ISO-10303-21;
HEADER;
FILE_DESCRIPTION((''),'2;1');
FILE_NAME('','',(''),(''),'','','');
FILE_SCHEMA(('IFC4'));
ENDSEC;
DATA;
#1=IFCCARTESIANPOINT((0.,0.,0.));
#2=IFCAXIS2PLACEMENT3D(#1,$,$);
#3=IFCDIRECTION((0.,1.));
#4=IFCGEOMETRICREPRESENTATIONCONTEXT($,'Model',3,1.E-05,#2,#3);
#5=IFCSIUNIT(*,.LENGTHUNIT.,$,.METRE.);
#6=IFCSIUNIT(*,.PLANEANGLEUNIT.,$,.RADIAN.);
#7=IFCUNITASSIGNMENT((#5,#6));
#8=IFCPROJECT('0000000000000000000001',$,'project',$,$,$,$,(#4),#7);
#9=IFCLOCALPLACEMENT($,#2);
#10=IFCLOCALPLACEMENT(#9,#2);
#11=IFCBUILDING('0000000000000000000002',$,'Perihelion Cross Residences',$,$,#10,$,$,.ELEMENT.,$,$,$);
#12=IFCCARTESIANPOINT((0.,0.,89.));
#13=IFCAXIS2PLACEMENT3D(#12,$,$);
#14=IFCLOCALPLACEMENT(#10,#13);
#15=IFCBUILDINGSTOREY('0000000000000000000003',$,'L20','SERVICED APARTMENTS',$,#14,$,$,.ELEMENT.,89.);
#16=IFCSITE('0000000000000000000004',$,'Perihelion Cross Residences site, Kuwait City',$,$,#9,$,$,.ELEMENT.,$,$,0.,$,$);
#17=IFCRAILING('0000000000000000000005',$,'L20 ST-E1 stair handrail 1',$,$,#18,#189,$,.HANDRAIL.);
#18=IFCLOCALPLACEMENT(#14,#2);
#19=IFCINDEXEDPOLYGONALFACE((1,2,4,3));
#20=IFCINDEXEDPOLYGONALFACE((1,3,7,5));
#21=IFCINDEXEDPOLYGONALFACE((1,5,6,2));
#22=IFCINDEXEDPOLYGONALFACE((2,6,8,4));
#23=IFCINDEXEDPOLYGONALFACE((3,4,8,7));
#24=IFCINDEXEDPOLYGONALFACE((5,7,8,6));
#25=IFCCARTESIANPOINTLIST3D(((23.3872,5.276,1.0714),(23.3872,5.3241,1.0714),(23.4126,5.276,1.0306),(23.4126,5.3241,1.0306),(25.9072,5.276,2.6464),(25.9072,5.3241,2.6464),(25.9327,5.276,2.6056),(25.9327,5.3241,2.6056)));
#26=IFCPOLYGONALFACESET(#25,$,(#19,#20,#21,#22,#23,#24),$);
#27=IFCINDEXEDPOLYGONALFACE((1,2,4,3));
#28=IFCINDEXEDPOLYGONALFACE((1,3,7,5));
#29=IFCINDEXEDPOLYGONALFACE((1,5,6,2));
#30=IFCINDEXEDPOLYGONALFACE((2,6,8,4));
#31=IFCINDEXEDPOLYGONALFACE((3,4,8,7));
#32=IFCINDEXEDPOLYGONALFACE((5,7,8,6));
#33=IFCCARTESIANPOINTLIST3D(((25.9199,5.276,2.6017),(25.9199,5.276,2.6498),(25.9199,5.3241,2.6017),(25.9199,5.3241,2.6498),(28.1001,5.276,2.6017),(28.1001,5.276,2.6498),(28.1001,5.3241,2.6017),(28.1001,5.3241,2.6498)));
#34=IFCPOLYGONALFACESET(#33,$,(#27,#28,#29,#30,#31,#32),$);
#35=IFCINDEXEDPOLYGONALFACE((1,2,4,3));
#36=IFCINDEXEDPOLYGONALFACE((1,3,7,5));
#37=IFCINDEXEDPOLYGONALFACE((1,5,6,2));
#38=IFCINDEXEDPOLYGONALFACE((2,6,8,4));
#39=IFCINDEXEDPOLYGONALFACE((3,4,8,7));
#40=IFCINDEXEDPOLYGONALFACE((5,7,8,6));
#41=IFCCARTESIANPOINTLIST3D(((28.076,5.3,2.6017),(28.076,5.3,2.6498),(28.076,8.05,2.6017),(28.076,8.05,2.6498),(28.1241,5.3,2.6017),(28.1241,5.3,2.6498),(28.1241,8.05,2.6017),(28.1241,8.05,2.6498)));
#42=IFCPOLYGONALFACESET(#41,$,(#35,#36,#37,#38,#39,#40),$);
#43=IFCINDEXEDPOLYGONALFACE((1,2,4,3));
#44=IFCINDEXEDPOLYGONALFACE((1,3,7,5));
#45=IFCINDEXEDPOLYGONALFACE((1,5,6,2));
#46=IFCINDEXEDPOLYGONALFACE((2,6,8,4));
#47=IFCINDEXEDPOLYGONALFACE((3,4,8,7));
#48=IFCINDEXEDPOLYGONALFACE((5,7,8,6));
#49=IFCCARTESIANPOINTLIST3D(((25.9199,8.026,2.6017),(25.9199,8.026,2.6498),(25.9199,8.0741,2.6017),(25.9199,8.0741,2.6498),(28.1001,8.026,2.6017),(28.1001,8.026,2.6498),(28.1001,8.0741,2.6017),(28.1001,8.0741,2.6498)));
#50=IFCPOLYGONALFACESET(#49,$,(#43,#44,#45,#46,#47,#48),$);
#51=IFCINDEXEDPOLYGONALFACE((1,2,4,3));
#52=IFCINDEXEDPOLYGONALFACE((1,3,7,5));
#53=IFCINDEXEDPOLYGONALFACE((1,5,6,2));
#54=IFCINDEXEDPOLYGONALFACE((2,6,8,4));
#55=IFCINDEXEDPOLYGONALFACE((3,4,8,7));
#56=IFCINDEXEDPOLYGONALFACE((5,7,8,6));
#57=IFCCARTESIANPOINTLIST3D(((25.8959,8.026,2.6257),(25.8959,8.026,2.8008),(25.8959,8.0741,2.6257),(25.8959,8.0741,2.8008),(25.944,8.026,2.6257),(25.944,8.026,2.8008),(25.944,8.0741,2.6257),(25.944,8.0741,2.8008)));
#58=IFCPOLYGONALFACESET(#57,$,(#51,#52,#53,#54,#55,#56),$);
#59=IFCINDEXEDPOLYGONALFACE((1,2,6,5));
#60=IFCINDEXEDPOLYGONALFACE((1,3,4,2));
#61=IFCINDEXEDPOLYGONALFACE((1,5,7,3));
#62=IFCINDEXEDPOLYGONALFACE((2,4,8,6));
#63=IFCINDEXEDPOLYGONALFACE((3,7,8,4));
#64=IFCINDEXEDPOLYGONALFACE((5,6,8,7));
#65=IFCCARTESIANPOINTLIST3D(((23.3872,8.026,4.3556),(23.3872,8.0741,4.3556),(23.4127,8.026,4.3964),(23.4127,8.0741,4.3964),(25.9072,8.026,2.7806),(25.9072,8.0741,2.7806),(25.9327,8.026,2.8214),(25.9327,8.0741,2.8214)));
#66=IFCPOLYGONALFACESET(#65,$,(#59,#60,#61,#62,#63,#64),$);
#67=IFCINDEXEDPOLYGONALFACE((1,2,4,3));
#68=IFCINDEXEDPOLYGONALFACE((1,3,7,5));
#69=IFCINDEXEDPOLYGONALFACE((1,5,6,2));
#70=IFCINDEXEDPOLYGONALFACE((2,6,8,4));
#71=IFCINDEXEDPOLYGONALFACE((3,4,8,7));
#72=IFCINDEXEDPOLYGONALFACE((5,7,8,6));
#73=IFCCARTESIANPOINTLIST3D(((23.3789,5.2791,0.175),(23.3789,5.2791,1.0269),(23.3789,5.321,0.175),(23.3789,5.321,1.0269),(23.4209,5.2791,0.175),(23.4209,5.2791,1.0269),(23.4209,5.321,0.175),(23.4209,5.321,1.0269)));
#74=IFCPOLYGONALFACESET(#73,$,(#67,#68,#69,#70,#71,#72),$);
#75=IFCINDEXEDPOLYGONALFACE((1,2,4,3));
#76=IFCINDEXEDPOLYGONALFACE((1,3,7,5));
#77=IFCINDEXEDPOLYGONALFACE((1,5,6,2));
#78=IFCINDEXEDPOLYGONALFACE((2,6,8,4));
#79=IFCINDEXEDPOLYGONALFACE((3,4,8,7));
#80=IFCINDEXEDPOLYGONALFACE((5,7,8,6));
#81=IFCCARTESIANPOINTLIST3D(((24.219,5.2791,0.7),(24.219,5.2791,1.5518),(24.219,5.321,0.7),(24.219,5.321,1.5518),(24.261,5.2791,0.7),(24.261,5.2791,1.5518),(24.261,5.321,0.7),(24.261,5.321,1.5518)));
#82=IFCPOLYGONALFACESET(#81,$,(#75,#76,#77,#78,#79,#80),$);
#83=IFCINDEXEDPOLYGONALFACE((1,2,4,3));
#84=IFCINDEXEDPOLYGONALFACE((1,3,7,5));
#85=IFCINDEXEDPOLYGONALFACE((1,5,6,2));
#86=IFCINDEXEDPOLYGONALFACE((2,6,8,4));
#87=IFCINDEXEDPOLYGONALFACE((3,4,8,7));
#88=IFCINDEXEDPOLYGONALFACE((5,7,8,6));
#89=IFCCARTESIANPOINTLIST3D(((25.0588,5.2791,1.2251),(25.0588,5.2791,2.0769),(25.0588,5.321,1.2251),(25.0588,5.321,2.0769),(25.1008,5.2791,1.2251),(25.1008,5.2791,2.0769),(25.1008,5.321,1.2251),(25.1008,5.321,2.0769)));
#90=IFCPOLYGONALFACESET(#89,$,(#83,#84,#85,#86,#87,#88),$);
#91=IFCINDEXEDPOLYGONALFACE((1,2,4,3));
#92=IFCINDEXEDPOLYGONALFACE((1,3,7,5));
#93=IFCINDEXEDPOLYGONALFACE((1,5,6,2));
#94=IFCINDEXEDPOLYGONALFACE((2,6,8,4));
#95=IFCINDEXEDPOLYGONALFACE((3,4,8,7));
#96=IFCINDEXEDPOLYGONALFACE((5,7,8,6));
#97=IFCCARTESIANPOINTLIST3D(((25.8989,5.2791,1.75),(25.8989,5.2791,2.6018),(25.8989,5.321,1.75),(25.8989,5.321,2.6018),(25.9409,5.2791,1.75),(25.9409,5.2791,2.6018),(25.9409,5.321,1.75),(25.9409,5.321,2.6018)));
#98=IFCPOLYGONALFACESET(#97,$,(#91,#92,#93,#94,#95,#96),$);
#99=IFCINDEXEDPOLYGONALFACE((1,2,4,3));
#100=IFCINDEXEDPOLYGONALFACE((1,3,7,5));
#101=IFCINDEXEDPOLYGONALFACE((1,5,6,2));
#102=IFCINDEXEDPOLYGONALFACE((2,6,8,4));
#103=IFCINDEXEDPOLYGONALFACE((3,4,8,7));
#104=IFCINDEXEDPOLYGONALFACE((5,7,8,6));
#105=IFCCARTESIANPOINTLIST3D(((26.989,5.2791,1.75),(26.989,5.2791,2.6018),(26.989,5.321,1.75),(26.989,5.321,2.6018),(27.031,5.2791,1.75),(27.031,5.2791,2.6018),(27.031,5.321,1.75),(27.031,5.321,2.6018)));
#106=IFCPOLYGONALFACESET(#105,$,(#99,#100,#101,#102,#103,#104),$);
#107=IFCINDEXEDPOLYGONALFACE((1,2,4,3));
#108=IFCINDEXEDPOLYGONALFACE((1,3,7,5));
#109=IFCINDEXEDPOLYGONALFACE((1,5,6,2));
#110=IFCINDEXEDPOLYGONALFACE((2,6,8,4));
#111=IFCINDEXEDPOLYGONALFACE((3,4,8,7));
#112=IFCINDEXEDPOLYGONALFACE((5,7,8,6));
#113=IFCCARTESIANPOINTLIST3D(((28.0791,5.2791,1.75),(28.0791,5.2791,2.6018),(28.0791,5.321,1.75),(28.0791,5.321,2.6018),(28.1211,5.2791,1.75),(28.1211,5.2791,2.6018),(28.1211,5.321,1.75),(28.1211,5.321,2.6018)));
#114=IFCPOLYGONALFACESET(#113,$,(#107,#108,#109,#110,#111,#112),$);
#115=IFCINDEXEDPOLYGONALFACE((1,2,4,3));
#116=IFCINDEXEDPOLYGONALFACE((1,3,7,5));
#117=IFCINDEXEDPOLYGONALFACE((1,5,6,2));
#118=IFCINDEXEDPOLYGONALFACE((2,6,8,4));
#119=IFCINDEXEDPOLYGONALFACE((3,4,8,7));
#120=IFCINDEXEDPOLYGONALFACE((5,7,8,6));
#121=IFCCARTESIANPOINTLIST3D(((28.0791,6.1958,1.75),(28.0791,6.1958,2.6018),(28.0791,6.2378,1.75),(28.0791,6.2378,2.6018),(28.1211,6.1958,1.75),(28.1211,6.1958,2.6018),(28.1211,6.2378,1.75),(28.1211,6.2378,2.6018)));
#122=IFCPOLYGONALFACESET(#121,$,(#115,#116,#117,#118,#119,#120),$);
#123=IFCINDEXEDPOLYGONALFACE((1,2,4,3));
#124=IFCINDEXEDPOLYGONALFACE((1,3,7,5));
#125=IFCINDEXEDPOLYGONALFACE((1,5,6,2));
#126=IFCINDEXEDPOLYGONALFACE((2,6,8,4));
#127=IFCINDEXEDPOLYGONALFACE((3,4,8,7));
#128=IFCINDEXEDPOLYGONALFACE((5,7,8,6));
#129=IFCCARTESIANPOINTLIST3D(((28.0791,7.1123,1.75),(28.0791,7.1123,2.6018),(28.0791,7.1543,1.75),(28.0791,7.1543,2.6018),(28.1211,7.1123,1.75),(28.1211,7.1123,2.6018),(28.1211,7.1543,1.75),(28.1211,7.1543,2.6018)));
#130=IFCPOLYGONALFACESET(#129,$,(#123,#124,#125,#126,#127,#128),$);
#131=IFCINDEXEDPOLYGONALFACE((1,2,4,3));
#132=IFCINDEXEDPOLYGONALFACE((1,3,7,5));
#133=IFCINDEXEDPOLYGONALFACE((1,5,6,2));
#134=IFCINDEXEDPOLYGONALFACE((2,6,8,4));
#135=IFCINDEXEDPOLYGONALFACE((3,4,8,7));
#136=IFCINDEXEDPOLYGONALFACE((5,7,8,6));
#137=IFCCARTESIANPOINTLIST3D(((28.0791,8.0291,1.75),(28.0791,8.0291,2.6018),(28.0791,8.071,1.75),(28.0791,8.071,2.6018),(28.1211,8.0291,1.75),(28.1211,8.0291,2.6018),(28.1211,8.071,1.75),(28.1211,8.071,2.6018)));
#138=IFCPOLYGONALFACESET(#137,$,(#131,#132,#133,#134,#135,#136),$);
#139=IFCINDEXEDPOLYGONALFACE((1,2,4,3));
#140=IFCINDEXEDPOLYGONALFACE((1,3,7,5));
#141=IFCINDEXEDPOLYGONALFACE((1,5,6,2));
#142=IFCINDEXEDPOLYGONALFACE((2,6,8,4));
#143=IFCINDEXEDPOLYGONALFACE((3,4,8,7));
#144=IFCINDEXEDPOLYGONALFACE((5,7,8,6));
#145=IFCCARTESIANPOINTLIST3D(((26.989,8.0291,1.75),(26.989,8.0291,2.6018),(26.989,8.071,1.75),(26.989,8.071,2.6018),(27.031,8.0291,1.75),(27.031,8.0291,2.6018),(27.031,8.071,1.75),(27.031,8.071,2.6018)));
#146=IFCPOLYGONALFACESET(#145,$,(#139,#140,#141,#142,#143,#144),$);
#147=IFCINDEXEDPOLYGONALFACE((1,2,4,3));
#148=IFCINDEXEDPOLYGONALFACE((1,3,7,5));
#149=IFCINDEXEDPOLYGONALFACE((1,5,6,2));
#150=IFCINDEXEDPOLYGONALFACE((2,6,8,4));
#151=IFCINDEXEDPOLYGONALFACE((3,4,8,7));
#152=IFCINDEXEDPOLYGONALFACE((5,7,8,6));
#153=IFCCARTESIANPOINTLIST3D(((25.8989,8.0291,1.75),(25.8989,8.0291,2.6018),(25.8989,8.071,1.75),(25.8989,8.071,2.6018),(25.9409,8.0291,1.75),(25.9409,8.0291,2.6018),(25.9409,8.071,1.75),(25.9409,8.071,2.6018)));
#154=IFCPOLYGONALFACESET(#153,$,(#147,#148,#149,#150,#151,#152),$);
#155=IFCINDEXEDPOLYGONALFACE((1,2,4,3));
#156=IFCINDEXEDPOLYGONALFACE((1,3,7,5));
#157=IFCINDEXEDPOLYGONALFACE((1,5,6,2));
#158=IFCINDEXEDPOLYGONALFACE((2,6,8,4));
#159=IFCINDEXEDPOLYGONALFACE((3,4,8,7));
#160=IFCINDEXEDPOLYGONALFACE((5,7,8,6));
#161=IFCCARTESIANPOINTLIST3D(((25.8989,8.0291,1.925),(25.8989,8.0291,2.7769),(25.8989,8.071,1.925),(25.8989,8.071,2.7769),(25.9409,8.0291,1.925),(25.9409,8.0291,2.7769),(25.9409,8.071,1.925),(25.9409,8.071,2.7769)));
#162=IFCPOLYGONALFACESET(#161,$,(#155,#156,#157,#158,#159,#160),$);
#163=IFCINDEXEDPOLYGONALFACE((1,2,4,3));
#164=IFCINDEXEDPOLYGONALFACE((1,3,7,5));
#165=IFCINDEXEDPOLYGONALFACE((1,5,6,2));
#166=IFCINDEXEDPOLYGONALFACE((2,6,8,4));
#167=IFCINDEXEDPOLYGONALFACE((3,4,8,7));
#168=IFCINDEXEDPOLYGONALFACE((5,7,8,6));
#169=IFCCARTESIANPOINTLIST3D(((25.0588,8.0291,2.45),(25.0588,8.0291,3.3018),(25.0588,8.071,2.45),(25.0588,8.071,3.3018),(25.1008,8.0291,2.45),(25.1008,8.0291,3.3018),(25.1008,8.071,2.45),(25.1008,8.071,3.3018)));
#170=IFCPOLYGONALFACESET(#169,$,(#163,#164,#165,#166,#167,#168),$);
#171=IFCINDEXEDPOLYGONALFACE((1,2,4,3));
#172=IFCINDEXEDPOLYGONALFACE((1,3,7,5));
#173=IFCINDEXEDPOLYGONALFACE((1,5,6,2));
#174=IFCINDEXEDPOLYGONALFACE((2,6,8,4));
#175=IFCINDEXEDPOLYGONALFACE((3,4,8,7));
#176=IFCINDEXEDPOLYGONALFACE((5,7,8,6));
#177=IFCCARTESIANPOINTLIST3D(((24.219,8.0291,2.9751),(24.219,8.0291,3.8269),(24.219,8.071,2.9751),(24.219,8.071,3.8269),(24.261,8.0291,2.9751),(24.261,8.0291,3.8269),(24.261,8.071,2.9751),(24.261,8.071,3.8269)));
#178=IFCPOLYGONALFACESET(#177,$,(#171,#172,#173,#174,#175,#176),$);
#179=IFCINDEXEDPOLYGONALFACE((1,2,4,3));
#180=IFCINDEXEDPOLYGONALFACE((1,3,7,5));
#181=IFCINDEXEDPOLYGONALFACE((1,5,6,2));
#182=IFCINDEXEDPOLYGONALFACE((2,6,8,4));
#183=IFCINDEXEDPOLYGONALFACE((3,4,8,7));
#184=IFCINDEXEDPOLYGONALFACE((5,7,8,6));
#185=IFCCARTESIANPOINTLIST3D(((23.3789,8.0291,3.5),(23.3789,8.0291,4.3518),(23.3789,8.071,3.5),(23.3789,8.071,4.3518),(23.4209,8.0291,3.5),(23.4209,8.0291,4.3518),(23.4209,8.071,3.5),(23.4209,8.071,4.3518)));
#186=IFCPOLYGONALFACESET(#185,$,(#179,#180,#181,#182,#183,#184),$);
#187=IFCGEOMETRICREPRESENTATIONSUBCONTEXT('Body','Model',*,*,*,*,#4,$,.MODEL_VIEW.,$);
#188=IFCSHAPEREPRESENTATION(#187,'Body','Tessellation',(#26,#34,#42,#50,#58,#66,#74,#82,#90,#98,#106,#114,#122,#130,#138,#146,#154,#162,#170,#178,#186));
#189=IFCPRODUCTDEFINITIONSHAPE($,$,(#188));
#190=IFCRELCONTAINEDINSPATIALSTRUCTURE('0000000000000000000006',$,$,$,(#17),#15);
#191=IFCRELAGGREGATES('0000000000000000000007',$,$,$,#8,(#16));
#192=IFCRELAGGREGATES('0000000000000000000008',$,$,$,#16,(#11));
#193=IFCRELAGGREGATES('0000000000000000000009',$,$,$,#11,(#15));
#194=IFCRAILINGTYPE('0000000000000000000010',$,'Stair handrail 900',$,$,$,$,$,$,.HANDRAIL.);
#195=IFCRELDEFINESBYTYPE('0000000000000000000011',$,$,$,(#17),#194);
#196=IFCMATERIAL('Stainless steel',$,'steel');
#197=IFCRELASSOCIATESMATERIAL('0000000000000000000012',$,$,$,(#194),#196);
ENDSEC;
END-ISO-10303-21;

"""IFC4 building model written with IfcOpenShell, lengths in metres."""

from ifc_helpers import new_model, si_unit, direction, frame, origin, origin_2d, place, context, subcontext, project, spatial, rectangle, extrude, material, type_object, element, save


model = new_model("IFC4")

# Units and contexts
model_context = context("Model", 3, precision=1e-05, world=origin(), true_north=direction((0.0, 1.0)))
body_context = subcontext(model_context, "Body", "Model", "MODEL_VIEW")
ifc_project = project(units=[si_unit("LENGTHUNIT", "METRE"), si_unit("PLANEANGLEUNIT", "RADIAN")], contexts=[model_context])

# Site, building, storey
site_placement = place(None, origin())
site = spatial("IfcSite", under=ifc_project, at=site_placement, Name="Perihelion Cross Residences site, Kuwait City", CompositionType="ELEMENT", RefElevation=0.0)
building_placement = place(site_placement, origin())
building = spatial("IfcBuilding", under=site, at=building_placement, Name="Perihelion Cross Residences", CompositionType="ELEMENT")
storey_placement = place(building_placement, frame((0.0, 0.0, 89.0)))
storey = spatial("IfcBuildingStorey", under=building, at=storey_placement, Name="L20", Description="SERVICED APARTMENTS", CompositionType="ELEMENT", Elevation=89.0)

# Railing
ifc_material_1 = material(Name="Stainless steel", Category="steel")
railing_type_1 = type_object("IfcRailingType", Name="Stair handrail 900", PredefinedType="HANDRAIL", material=ifc_material_1)
railing_1_placement = place(storey_placement, frame((23.3999, 5.3, 0.175)))
element("IfcRailing", 1, at=railing_1_placement, inside=storey, type_object=railing_type_1, Name="L20 ST-E1 stair handrail 1", PredefinedType="HANDRAIL", context=body_context, shape_type="SweptSolid", body=[
    extrude(rectangle(XDim=0.0481, YDim=0.0481, at=origin_2d()), frame((0.0, 0.0, 0.876), z_axis=(0.848008, 0.0, 0.529984), x_axis=(0.0, 1.0, 0.0)), (0.0, 0.0, 1.0), 2.9717),
    extrude(rectangle(XDim=0.0481, YDim=0.0481, at=origin_2d()), frame((2.52, 0.0, 2.4507), z_axis=(1.0, 0.0, 0.0), x_axis=(0.0, 1.0, 0.0)), (0.0, 0.0, 1.0), 2.1802),
    extrude(rectangle(XDim=0.0481, YDim=0.0481, at=origin_2d()), frame((4.7002, 0.0, 2.4507), z_axis=(0.0, 1.0, 0.0), x_axis=(-1.0, 0.0, 0.0)), (0.0, 0.0, 1.0), 2.75),
    extrude(rectangle(XDim=0.0481, YDim=0.0481, at=origin_2d()), frame((4.7002, 2.75, 2.4507), z_axis=(-1.0, 0.0, 0.0), x_axis=(0.0, -1.0, 0.0)), (0.0, 0.0, 1.0), 2.1802),
    extrude(rectangle(XDim=0.0481, YDim=0.0481, at=origin_2d()), frame((2.52, 2.75, 2.4507), z_axis=(0.0, 0.0, 1.0), x_axis=(1.0, 0.0, 0.0)), (0.0, 0.0, 1.0), 0.175),
    extrude(rectangle(XDim=0.0481, YDim=0.0481, at=origin_2d()), frame((2.52, 2.75, 2.626), z_axis=(-0.848008, 0.0, 0.529984), x_axis=(0.0, -1.0, 0.0)), (0.0, 0.0, 1.0), 2.9717),
    extrude(rectangle(XDim=0.042, YDim=0.042, at=origin_2d()), origin(), (0.0, 0.0, 1.0), 0.8518),
    extrude(rectangle(XDim=0.042, YDim=0.042, at=origin_2d()), frame((0.8401, 0.0, 0.5249)), (0.0, 0.0, 1.0), 0.8518),
    extrude(rectangle(XDim=0.042, YDim=0.042, at=origin_2d()), frame((1.6799, 0.0, 1.05)), (0.0, 0.0, 1.0), 0.8518),
    extrude(rectangle(XDim=0.042, YDim=0.042, at=origin_2d()), frame((2.52, 0.0, 1.575)), (0.0, 0.0, 1.0), 0.8518),
    extrude(rectangle(XDim=0.042, YDim=0.042, at=origin_2d()), frame((3.6101, 0.0, 1.575)), (0.0, 0.0, 1.0), 0.8518),
    extrude(rectangle(XDim=0.042, YDim=0.042, at=origin_2d()), frame((4.7002, 0.0, 1.575)), (0.0, 0.0, 1.0), 0.8518),
    extrude(rectangle(XDim=0.042, YDim=0.042, at=origin_2d()), frame((4.7002, 0.9167, 1.575)), (0.0, 0.0, 1.0), 0.8518),
    extrude(rectangle(XDim=0.042, YDim=0.042, at=origin_2d()), frame((4.7002, 1.8333, 1.575)), (0.0, 0.0, 1.0), 0.8518),
    extrude(rectangle(XDim=0.042, YDim=0.042, at=origin_2d()), frame((4.7002, 2.75, 1.575)), (0.0, 0.0, 1.0), 0.8518),
    extrude(rectangle(XDim=0.042, YDim=0.042, at=origin_2d()), frame((3.6101, 2.75, 1.575)), (0.0, 0.0, 1.0), 0.8518),
    extrude(rectangle(XDim=0.042, YDim=0.042, at=origin_2d()), frame((2.52, 2.75, 1.575)), (0.0, 0.0, 1.0), 0.8518),
    extrude(rectangle(XDim=0.042, YDim=0.042, at=origin_2d()), frame((2.52, 2.75, 1.75)), (0.0, 0.0, 1.0), 0.8518),
    extrude(rectangle(XDim=0.042, YDim=0.042, at=origin_2d()), frame((1.6799, 2.75, 2.2749)), (0.0, 0.0, 1.0), 0.8518),
    extrude(rectangle(XDim=0.042, YDim=0.042, at=origin_2d()), frame((0.8401, 2.75, 2.8)), (0.0, 0.0, 1.0), 0.8518),
    extrude(rectangle(XDim=0.042, YDim=0.042, at=origin_2d()), frame((0.0, 2.75, 3.325)), (0.0, 0.0, 1.0), 0.8518),
])

save(model, "model.ifc")
